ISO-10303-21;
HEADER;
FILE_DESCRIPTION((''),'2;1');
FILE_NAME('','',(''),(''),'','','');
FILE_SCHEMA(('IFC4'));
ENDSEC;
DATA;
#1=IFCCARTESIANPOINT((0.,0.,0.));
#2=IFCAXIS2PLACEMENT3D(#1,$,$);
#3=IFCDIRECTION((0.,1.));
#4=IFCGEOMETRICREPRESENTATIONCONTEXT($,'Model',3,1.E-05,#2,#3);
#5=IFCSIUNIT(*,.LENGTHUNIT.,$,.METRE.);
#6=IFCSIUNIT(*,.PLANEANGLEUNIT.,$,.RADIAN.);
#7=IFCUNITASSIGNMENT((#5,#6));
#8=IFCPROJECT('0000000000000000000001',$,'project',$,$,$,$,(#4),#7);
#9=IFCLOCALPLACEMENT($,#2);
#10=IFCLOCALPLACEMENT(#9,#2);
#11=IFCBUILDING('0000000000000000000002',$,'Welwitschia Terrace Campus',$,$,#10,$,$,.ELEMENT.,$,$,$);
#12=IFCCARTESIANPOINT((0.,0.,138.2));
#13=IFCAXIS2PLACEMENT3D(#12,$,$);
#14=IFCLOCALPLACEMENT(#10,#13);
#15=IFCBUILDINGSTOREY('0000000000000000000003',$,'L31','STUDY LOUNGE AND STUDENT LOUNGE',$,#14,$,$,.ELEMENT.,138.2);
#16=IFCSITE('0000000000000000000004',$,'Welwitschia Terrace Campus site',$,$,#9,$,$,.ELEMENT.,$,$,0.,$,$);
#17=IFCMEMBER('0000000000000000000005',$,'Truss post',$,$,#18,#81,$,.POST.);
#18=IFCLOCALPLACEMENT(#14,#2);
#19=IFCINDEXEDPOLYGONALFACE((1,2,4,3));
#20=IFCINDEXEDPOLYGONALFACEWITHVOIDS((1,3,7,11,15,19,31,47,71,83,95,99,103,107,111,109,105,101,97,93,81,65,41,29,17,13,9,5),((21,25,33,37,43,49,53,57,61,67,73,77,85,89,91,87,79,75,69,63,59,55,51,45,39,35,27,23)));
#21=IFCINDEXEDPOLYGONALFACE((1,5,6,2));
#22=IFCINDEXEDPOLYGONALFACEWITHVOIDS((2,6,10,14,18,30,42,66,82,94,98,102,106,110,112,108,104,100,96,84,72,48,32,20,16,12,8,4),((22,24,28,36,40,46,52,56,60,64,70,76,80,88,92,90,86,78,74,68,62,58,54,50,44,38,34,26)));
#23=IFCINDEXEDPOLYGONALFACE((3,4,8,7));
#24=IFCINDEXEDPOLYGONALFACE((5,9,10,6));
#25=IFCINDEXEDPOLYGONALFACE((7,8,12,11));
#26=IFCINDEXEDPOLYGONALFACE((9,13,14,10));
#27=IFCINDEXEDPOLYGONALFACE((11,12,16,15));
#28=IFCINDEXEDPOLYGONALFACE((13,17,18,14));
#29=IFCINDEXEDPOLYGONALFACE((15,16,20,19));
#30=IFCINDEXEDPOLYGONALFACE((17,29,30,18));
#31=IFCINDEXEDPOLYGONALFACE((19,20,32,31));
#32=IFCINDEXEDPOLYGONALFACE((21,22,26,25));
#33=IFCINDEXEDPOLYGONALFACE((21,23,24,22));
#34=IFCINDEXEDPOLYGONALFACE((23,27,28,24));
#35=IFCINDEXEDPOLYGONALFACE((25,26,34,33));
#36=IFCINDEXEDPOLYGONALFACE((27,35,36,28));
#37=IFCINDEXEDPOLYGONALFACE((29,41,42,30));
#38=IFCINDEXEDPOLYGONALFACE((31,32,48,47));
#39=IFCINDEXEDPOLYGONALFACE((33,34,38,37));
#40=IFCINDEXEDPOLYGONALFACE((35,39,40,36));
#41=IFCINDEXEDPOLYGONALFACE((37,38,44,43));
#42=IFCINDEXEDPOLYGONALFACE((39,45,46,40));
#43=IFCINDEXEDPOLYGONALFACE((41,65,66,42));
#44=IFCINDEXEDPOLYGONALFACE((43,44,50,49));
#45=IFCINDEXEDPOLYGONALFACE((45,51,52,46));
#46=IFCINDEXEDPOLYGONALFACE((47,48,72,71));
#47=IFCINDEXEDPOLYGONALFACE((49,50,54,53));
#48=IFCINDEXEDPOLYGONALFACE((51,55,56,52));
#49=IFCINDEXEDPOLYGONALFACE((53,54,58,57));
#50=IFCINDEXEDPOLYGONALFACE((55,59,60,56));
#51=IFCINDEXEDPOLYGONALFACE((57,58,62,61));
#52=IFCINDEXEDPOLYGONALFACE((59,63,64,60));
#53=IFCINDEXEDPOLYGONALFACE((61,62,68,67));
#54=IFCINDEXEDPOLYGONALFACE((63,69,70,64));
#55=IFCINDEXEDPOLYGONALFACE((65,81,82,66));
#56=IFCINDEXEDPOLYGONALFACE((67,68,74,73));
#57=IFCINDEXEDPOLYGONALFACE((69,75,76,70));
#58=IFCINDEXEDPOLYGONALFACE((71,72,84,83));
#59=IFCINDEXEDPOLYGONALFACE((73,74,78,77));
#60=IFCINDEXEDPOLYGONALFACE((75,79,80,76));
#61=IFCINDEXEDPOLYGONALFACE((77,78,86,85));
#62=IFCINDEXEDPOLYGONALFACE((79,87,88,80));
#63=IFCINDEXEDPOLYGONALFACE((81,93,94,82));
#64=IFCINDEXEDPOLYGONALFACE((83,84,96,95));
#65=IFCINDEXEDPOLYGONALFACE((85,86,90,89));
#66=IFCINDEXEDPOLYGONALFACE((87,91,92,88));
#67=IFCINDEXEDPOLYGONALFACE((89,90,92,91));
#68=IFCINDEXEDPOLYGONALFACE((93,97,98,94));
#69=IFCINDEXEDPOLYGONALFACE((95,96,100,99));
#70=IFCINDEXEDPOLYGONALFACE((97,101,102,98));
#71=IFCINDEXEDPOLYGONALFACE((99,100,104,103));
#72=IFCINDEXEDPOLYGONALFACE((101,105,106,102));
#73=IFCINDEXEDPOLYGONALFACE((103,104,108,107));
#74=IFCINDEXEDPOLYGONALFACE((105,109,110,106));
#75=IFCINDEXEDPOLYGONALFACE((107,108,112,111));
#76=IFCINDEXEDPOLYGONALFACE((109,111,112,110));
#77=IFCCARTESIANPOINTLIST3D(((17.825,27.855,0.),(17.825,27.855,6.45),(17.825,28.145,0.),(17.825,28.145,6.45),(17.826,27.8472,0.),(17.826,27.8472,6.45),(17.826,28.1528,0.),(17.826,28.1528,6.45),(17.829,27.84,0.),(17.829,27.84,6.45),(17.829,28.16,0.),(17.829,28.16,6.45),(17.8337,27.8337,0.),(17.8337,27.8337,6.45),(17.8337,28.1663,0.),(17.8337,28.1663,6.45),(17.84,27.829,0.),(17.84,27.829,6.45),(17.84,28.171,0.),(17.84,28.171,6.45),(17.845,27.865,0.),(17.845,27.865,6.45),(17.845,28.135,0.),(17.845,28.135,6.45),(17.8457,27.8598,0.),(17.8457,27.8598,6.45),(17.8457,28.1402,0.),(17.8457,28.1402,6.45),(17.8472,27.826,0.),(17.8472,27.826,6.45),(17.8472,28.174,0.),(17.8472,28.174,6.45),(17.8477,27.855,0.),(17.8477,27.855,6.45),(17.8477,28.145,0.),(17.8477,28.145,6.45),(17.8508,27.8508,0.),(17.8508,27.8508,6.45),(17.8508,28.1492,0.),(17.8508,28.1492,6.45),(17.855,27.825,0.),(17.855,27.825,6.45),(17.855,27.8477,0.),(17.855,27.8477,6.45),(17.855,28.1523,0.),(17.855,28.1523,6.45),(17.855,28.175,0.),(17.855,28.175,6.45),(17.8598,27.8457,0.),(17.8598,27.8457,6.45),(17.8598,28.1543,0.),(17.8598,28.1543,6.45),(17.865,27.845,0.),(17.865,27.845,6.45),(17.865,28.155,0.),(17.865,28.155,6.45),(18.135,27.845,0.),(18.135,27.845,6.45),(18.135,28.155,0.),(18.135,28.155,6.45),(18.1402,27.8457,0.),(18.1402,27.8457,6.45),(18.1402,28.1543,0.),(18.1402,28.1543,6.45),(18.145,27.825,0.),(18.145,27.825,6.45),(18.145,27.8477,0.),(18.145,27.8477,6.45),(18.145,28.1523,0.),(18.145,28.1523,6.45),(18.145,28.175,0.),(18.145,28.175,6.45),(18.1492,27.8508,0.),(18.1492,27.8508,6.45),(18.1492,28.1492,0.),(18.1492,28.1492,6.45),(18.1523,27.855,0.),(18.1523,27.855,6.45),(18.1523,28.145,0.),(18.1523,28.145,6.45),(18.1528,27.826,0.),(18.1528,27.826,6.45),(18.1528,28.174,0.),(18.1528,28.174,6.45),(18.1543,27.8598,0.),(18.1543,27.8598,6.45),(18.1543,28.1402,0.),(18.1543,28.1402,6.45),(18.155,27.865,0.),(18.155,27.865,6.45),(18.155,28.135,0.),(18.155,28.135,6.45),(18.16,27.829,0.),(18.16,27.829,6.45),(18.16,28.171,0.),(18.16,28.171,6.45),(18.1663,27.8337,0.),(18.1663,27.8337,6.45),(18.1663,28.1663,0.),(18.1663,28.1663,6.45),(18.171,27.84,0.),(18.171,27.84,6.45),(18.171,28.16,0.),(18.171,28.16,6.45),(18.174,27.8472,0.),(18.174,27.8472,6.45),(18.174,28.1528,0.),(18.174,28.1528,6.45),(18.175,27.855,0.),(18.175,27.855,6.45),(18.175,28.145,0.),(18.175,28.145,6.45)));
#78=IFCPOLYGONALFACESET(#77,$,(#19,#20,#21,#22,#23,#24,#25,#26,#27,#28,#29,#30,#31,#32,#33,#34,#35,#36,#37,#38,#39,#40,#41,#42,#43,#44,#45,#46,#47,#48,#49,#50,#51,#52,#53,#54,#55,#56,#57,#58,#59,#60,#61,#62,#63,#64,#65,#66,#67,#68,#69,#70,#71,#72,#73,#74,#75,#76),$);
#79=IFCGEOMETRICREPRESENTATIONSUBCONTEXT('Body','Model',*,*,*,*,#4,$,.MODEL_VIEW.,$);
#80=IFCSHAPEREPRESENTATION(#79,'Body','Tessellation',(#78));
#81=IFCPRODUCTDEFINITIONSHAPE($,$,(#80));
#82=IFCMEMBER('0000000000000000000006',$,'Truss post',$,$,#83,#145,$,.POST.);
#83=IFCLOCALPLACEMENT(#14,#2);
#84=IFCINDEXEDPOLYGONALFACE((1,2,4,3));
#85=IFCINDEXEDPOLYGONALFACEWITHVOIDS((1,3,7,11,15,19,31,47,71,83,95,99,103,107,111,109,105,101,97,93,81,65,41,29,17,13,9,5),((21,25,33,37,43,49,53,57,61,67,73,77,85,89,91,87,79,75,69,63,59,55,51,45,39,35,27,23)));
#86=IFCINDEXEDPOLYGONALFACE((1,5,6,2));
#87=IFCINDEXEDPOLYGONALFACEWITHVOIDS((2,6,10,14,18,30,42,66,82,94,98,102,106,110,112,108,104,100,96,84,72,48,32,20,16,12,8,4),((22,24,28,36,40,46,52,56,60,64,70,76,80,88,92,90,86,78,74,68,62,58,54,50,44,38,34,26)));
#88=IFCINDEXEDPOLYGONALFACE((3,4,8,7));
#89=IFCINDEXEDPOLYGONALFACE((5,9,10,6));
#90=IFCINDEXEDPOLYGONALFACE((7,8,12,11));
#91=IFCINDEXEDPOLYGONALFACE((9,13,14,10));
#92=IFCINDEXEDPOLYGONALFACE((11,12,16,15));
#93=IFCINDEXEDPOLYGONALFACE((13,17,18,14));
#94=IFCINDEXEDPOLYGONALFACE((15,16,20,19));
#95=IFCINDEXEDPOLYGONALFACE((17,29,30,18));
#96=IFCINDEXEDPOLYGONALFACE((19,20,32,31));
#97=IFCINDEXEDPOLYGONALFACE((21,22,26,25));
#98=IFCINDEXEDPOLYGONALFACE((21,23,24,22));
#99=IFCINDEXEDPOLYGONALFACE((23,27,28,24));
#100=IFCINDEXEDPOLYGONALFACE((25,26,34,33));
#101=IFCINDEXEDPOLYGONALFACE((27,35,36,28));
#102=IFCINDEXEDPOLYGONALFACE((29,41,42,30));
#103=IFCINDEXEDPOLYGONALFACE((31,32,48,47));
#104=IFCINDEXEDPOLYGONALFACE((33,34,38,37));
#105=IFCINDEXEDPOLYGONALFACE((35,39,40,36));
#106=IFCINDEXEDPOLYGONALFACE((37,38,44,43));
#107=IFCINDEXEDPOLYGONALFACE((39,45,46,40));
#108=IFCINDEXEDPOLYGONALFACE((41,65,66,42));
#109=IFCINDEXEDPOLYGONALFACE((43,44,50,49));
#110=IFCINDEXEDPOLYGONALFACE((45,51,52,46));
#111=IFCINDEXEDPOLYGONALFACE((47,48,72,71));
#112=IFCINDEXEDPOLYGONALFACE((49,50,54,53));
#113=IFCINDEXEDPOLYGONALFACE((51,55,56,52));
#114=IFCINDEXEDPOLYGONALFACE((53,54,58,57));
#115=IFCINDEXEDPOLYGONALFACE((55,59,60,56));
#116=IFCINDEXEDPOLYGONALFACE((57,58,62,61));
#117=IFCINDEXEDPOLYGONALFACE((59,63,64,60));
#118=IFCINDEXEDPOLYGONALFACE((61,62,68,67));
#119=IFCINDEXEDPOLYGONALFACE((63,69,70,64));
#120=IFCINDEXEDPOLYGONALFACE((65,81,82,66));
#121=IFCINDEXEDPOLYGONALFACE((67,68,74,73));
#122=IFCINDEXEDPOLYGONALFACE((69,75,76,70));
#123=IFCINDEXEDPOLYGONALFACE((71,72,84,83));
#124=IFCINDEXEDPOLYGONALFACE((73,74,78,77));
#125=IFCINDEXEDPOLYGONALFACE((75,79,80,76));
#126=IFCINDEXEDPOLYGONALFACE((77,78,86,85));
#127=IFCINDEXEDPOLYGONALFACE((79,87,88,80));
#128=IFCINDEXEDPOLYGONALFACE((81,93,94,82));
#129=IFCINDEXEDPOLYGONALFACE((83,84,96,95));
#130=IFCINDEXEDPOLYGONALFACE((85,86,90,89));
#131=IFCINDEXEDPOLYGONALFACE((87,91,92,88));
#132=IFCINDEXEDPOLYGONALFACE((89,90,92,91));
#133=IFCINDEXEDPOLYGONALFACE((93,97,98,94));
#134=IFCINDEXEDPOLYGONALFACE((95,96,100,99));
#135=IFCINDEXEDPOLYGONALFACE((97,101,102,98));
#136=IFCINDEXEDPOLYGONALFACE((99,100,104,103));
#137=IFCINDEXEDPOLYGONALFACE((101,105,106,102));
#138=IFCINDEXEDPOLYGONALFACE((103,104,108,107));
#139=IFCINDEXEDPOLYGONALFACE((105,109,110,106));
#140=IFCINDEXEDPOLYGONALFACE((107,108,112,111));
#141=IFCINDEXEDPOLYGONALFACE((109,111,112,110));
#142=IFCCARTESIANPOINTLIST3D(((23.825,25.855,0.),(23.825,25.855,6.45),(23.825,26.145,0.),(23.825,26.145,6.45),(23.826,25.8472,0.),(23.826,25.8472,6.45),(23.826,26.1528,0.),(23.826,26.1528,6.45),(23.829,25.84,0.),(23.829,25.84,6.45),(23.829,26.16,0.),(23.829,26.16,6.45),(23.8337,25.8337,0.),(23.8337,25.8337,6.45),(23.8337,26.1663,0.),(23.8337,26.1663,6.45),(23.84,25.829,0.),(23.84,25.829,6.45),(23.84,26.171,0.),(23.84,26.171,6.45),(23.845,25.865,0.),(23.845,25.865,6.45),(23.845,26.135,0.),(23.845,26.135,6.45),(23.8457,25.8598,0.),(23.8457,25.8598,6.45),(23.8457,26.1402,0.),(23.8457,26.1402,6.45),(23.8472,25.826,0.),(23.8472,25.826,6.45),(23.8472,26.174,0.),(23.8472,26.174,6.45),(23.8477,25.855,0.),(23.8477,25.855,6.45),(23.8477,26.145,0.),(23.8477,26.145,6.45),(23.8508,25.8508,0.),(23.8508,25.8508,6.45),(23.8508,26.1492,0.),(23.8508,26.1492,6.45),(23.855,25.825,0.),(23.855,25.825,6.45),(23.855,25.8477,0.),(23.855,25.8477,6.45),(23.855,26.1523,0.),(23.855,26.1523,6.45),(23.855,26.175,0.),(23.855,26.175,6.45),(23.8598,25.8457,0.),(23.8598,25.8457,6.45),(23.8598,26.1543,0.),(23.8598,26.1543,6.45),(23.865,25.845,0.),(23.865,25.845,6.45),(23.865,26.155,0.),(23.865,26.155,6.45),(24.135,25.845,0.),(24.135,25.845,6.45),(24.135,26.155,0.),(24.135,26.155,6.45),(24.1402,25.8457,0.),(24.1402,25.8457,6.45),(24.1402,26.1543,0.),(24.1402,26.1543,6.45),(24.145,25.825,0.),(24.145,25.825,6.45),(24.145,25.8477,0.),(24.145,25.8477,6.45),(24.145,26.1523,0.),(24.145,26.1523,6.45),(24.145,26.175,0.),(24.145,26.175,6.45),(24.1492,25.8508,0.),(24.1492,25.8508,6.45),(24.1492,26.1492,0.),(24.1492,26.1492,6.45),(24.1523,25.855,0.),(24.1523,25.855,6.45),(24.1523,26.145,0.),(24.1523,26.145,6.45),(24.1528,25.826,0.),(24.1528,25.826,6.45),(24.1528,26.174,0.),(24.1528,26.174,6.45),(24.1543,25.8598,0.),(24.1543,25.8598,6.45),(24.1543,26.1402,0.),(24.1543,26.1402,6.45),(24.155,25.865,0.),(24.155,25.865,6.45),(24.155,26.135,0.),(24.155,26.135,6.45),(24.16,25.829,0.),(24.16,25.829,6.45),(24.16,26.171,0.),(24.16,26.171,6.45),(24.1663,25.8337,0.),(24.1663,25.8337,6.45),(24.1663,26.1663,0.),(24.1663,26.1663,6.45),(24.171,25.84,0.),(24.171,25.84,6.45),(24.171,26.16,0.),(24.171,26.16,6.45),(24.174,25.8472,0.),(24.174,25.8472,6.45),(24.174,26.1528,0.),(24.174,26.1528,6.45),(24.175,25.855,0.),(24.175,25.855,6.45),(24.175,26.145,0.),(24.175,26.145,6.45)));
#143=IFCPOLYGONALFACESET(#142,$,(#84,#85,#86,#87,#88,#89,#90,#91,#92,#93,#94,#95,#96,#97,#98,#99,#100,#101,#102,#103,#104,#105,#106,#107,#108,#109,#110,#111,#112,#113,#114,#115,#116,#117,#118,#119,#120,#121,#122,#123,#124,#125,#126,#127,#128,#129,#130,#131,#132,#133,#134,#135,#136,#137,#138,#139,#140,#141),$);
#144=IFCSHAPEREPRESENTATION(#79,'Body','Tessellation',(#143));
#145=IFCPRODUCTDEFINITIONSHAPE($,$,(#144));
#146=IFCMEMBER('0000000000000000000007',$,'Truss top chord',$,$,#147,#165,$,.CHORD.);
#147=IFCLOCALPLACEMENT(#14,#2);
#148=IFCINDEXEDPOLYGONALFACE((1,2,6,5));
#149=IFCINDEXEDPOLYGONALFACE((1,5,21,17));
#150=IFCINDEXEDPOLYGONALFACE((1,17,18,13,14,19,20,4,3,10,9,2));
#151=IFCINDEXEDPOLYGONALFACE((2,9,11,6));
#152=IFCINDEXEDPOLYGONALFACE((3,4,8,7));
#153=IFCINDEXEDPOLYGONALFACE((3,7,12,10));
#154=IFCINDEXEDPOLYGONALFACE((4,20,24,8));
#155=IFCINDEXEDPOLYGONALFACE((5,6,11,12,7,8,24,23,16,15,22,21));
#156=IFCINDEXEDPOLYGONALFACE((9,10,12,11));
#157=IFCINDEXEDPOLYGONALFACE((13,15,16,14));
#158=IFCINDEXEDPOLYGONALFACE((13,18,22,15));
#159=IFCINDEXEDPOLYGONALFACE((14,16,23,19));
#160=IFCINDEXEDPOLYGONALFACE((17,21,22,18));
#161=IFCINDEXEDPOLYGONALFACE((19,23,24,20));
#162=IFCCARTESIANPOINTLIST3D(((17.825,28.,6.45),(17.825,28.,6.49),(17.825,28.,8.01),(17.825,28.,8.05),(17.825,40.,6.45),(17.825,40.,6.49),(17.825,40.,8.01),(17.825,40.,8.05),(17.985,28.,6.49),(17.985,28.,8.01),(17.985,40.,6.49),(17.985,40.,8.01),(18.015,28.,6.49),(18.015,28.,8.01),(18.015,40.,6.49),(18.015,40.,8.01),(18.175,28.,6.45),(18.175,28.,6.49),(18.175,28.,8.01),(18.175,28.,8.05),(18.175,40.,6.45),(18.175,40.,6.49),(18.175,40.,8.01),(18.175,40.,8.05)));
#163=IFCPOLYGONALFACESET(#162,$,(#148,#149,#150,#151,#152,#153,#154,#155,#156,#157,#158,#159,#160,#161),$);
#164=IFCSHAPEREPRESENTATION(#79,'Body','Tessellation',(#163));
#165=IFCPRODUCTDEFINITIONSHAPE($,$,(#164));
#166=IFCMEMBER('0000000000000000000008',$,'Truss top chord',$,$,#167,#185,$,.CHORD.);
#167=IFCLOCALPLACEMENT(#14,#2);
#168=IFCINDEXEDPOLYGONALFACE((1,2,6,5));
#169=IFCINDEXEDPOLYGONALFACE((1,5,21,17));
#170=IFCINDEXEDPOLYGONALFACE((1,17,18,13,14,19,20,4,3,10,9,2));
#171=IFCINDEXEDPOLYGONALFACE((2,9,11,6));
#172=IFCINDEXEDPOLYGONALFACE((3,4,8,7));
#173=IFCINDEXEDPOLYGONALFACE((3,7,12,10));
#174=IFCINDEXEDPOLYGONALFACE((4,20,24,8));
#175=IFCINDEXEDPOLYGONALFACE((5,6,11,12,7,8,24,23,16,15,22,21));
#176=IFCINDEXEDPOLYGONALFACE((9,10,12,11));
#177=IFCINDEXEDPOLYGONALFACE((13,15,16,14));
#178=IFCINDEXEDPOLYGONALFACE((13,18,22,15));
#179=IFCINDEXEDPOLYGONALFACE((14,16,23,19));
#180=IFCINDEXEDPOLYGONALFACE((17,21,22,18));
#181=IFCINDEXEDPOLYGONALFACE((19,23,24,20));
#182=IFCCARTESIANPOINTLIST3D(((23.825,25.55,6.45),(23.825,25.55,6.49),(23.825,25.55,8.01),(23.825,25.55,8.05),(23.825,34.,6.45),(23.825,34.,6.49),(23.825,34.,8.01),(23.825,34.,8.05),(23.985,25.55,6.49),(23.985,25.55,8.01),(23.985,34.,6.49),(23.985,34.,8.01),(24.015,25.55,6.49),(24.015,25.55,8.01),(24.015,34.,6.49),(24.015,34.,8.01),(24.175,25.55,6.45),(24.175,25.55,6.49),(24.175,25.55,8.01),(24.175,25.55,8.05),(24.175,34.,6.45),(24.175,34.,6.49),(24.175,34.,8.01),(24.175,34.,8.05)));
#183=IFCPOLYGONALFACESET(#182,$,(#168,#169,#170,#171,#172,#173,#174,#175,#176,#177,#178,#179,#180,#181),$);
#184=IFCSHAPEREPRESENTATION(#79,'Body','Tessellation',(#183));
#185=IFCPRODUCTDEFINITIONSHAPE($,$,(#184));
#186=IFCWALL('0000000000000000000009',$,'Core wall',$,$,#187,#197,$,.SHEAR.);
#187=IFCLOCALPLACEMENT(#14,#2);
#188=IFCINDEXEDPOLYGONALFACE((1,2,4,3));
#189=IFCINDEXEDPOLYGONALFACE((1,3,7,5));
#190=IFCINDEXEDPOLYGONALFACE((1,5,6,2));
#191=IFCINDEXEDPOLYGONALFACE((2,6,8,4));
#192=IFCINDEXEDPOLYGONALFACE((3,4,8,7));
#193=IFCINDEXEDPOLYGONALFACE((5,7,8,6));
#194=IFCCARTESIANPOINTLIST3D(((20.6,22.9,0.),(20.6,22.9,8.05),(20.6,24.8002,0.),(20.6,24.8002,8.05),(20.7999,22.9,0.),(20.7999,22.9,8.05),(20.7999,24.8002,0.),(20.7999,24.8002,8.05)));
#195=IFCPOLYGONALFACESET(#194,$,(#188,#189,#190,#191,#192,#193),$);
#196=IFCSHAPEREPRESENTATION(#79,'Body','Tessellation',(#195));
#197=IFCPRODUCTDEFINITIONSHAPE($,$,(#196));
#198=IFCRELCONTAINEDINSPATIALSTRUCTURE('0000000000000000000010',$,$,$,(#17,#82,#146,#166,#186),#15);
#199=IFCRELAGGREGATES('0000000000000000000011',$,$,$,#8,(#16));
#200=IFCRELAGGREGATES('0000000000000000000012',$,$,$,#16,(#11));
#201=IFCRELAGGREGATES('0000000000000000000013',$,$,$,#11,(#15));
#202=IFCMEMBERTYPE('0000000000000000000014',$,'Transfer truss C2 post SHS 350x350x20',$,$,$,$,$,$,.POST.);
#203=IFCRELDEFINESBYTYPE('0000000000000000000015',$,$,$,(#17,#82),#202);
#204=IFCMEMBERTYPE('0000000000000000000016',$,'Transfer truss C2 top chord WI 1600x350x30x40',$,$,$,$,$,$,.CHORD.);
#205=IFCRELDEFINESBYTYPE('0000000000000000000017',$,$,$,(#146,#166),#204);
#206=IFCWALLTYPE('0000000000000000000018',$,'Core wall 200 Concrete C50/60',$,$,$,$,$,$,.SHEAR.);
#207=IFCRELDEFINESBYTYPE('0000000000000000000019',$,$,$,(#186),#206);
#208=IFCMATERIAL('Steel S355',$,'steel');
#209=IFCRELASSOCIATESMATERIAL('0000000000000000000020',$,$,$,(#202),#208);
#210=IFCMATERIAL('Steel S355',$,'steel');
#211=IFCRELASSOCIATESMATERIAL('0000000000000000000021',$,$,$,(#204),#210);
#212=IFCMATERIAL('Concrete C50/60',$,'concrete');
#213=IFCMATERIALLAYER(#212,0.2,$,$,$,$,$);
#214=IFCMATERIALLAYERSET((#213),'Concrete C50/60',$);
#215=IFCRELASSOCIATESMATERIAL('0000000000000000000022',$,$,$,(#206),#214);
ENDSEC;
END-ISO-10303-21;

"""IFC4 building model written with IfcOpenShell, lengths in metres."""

from ifc_helpers import new_model, si_unit, direction, frame, frame_2d, origin, origin_2d, place, context, subcontext, project, spatial, rectangle, hollow_rectangle, i_section, extrude, material, layer, layer_set, material_profile, profile_set, type_object, element, save


model = new_model("IFC4")

# Units and contexts
model_context = context("Model", 3, precision=1e-05, world=origin(), true_north=direction((0.0, 1.0)))
body_context = subcontext(model_context, "Body", "Model", "MODEL_VIEW")
ifc_project = project(units=[si_unit("LENGTHUNIT", "METRE"), si_unit("PLANEANGLEUNIT", "RADIAN")], contexts=[model_context])

# Site, building, storey
site_placement = place(None, origin())
site = spatial("IfcSite", under=ifc_project, at=site_placement, Name="Welwitschia Terrace Campus site", CompositionType="ELEMENT", RefElevation=0.0)
building_placement = place(site_placement, origin())
building = spatial("IfcBuilding", under=site, at=building_placement, Name="Welwitschia Terrace Campus", CompositionType="ELEMENT")
storey_placement = place(building_placement, frame((0.0, 0.0, 138.2)))
storey = spatial("IfcBuildingStorey", under=building, at=storey_placement, Name="L31", Description="STUDY LOUNGE AND STUDENT LOUNGE", CompositionType="ELEMENT", Elevation=138.2)

# Members
ifc_material_1 = material(Name="Steel S355", Category="steel")
ifc_material_profile_1 = material_profile(ifc_material_1, hollow_rectangle(XDim=0.3501, YDim=0.3501, WallThickness=0.02, InnerFilletRadius=0.02, OuterFilletRadius=0.03, at=origin_2d()))
ifc_profile_set_1 = profile_set([ifc_material_profile_1], Name="Steel S355")
member_type_1 = type_object("IfcMemberType", Name="Transfer truss C2 post SHS 350x350x20", PredefinedType="POST", material=ifc_profile_set_1)
for number, where, z_axis, x_axis, name in (
    (1, (18.0, 28.0, 0.0), (0.0, 0.0, 1.0), (1.0, 0.0, 0.0), "Truss post"),
    (2, (24.0, 26.0, 0.0), (0.0, 0.0, 1.0), (1.0, 0.0, 0.0), "Truss post"),
):
    element("IfcMember", number, at=place(storey_placement, frame(where, z_axis=z_axis, x_axis=x_axis)), inside=storey, type_object=member_type_1, Name=name, PredefinedType="POST", context=body_context, shape_type="SweptSolid", body=[
        extrude(hollow_rectangle(XDim=0.3501, YDim=0.3501, WallThickness=0.02, InnerFilletRadius=0.02, OuterFilletRadius=0.03, at=origin_2d()), origin(), (0.0, 0.0, 1.0), 6.45),
    ])
ifc_material_2 = material(Name="Steel S355", Category="steel")
ifc_material_profile_2 = material_profile(ifc_material_2, i_section(OverallWidth=0.3501, OverallDepth=1.6001, WebThickness=0.03, FlangeThickness=0.04, at=origin_2d()))
ifc_profile_set_2 = profile_set([ifc_material_profile_2], Name="Steel S355")
member_type_2 = type_object("IfcMemberType", Name="Transfer truss C2 top chord WI 1600x350x30x40", PredefinedType="CHORD", material=ifc_profile_set_2)
member_1_placement = place(storey_placement, frame((18.0, 28.0, 7.25), z_axis=(0.0, 1.0, 0.0), x_axis=(-1.0, 0.0, 0.0)))
element("IfcMember", 3, at=member_1_placement, inside=storey, type_object=member_type_2, Name="Truss top chord", PredefinedType="CHORD", context=body_context, shape_type="SweptSolid", body=[
    extrude(i_section(OverallWidth=0.3501, OverallDepth=1.6001, WebThickness=0.03, FlangeThickness=0.04, at=origin_2d()), origin(), (0.0, 0.0, 1.0), 12.0),
])
member_2_placement = place(storey_placement, frame((24.0, 25.55, 7.25), z_axis=(0.0, 1.0, 0.0), x_axis=(-1.0, 0.0, 0.0)))
element("IfcMember", 4, at=member_2_placement, inside=storey, type_object=member_type_2, Name="Truss top chord", PredefinedType="CHORD", context=body_context, shape_type="SweptSolid", body=[
    extrude(i_section(OverallWidth=0.3501, OverallDepth=1.6001, WebThickness=0.03, FlangeThickness=0.04, at=origin_2d()), origin(), (0.0, 0.0, 1.0), 8.45),
])

# Wall
ifc_material_3 = material(Name="Concrete C50/60", Category="concrete")
ifc_layer_1 = layer(ifc_material_3, 0.2)
ifc_layer_set_1 = layer_set([ifc_layer_1], Name="Concrete C50/60")
wall_type_1 = type_object("IfcWallType", Name="Core wall 200 Concrete C50/60", PredefinedType="SHEAR", material=ifc_layer_set_1)
wall_1_placement = place(storey_placement, frame((20.7, 22.8999, 0.0), z_axis=(0.0, 0.0, 1.0), x_axis=(0.0, 1.0, 0.0)))
element("IfcWall", 5, at=wall_1_placement, inside=storey, type_object=wall_type_1, Name="Core wall", PredefinedType="SHEAR", context=body_context, shape_type="SweptSolid", body=[
    extrude(rectangle(XDim=1.9001, YDim=0.2, at=frame_2d((0.9502, 0.0))), origin(), (0.0, 0.0, 1.0), 8.05),
])

save(model, "model.ifc")
